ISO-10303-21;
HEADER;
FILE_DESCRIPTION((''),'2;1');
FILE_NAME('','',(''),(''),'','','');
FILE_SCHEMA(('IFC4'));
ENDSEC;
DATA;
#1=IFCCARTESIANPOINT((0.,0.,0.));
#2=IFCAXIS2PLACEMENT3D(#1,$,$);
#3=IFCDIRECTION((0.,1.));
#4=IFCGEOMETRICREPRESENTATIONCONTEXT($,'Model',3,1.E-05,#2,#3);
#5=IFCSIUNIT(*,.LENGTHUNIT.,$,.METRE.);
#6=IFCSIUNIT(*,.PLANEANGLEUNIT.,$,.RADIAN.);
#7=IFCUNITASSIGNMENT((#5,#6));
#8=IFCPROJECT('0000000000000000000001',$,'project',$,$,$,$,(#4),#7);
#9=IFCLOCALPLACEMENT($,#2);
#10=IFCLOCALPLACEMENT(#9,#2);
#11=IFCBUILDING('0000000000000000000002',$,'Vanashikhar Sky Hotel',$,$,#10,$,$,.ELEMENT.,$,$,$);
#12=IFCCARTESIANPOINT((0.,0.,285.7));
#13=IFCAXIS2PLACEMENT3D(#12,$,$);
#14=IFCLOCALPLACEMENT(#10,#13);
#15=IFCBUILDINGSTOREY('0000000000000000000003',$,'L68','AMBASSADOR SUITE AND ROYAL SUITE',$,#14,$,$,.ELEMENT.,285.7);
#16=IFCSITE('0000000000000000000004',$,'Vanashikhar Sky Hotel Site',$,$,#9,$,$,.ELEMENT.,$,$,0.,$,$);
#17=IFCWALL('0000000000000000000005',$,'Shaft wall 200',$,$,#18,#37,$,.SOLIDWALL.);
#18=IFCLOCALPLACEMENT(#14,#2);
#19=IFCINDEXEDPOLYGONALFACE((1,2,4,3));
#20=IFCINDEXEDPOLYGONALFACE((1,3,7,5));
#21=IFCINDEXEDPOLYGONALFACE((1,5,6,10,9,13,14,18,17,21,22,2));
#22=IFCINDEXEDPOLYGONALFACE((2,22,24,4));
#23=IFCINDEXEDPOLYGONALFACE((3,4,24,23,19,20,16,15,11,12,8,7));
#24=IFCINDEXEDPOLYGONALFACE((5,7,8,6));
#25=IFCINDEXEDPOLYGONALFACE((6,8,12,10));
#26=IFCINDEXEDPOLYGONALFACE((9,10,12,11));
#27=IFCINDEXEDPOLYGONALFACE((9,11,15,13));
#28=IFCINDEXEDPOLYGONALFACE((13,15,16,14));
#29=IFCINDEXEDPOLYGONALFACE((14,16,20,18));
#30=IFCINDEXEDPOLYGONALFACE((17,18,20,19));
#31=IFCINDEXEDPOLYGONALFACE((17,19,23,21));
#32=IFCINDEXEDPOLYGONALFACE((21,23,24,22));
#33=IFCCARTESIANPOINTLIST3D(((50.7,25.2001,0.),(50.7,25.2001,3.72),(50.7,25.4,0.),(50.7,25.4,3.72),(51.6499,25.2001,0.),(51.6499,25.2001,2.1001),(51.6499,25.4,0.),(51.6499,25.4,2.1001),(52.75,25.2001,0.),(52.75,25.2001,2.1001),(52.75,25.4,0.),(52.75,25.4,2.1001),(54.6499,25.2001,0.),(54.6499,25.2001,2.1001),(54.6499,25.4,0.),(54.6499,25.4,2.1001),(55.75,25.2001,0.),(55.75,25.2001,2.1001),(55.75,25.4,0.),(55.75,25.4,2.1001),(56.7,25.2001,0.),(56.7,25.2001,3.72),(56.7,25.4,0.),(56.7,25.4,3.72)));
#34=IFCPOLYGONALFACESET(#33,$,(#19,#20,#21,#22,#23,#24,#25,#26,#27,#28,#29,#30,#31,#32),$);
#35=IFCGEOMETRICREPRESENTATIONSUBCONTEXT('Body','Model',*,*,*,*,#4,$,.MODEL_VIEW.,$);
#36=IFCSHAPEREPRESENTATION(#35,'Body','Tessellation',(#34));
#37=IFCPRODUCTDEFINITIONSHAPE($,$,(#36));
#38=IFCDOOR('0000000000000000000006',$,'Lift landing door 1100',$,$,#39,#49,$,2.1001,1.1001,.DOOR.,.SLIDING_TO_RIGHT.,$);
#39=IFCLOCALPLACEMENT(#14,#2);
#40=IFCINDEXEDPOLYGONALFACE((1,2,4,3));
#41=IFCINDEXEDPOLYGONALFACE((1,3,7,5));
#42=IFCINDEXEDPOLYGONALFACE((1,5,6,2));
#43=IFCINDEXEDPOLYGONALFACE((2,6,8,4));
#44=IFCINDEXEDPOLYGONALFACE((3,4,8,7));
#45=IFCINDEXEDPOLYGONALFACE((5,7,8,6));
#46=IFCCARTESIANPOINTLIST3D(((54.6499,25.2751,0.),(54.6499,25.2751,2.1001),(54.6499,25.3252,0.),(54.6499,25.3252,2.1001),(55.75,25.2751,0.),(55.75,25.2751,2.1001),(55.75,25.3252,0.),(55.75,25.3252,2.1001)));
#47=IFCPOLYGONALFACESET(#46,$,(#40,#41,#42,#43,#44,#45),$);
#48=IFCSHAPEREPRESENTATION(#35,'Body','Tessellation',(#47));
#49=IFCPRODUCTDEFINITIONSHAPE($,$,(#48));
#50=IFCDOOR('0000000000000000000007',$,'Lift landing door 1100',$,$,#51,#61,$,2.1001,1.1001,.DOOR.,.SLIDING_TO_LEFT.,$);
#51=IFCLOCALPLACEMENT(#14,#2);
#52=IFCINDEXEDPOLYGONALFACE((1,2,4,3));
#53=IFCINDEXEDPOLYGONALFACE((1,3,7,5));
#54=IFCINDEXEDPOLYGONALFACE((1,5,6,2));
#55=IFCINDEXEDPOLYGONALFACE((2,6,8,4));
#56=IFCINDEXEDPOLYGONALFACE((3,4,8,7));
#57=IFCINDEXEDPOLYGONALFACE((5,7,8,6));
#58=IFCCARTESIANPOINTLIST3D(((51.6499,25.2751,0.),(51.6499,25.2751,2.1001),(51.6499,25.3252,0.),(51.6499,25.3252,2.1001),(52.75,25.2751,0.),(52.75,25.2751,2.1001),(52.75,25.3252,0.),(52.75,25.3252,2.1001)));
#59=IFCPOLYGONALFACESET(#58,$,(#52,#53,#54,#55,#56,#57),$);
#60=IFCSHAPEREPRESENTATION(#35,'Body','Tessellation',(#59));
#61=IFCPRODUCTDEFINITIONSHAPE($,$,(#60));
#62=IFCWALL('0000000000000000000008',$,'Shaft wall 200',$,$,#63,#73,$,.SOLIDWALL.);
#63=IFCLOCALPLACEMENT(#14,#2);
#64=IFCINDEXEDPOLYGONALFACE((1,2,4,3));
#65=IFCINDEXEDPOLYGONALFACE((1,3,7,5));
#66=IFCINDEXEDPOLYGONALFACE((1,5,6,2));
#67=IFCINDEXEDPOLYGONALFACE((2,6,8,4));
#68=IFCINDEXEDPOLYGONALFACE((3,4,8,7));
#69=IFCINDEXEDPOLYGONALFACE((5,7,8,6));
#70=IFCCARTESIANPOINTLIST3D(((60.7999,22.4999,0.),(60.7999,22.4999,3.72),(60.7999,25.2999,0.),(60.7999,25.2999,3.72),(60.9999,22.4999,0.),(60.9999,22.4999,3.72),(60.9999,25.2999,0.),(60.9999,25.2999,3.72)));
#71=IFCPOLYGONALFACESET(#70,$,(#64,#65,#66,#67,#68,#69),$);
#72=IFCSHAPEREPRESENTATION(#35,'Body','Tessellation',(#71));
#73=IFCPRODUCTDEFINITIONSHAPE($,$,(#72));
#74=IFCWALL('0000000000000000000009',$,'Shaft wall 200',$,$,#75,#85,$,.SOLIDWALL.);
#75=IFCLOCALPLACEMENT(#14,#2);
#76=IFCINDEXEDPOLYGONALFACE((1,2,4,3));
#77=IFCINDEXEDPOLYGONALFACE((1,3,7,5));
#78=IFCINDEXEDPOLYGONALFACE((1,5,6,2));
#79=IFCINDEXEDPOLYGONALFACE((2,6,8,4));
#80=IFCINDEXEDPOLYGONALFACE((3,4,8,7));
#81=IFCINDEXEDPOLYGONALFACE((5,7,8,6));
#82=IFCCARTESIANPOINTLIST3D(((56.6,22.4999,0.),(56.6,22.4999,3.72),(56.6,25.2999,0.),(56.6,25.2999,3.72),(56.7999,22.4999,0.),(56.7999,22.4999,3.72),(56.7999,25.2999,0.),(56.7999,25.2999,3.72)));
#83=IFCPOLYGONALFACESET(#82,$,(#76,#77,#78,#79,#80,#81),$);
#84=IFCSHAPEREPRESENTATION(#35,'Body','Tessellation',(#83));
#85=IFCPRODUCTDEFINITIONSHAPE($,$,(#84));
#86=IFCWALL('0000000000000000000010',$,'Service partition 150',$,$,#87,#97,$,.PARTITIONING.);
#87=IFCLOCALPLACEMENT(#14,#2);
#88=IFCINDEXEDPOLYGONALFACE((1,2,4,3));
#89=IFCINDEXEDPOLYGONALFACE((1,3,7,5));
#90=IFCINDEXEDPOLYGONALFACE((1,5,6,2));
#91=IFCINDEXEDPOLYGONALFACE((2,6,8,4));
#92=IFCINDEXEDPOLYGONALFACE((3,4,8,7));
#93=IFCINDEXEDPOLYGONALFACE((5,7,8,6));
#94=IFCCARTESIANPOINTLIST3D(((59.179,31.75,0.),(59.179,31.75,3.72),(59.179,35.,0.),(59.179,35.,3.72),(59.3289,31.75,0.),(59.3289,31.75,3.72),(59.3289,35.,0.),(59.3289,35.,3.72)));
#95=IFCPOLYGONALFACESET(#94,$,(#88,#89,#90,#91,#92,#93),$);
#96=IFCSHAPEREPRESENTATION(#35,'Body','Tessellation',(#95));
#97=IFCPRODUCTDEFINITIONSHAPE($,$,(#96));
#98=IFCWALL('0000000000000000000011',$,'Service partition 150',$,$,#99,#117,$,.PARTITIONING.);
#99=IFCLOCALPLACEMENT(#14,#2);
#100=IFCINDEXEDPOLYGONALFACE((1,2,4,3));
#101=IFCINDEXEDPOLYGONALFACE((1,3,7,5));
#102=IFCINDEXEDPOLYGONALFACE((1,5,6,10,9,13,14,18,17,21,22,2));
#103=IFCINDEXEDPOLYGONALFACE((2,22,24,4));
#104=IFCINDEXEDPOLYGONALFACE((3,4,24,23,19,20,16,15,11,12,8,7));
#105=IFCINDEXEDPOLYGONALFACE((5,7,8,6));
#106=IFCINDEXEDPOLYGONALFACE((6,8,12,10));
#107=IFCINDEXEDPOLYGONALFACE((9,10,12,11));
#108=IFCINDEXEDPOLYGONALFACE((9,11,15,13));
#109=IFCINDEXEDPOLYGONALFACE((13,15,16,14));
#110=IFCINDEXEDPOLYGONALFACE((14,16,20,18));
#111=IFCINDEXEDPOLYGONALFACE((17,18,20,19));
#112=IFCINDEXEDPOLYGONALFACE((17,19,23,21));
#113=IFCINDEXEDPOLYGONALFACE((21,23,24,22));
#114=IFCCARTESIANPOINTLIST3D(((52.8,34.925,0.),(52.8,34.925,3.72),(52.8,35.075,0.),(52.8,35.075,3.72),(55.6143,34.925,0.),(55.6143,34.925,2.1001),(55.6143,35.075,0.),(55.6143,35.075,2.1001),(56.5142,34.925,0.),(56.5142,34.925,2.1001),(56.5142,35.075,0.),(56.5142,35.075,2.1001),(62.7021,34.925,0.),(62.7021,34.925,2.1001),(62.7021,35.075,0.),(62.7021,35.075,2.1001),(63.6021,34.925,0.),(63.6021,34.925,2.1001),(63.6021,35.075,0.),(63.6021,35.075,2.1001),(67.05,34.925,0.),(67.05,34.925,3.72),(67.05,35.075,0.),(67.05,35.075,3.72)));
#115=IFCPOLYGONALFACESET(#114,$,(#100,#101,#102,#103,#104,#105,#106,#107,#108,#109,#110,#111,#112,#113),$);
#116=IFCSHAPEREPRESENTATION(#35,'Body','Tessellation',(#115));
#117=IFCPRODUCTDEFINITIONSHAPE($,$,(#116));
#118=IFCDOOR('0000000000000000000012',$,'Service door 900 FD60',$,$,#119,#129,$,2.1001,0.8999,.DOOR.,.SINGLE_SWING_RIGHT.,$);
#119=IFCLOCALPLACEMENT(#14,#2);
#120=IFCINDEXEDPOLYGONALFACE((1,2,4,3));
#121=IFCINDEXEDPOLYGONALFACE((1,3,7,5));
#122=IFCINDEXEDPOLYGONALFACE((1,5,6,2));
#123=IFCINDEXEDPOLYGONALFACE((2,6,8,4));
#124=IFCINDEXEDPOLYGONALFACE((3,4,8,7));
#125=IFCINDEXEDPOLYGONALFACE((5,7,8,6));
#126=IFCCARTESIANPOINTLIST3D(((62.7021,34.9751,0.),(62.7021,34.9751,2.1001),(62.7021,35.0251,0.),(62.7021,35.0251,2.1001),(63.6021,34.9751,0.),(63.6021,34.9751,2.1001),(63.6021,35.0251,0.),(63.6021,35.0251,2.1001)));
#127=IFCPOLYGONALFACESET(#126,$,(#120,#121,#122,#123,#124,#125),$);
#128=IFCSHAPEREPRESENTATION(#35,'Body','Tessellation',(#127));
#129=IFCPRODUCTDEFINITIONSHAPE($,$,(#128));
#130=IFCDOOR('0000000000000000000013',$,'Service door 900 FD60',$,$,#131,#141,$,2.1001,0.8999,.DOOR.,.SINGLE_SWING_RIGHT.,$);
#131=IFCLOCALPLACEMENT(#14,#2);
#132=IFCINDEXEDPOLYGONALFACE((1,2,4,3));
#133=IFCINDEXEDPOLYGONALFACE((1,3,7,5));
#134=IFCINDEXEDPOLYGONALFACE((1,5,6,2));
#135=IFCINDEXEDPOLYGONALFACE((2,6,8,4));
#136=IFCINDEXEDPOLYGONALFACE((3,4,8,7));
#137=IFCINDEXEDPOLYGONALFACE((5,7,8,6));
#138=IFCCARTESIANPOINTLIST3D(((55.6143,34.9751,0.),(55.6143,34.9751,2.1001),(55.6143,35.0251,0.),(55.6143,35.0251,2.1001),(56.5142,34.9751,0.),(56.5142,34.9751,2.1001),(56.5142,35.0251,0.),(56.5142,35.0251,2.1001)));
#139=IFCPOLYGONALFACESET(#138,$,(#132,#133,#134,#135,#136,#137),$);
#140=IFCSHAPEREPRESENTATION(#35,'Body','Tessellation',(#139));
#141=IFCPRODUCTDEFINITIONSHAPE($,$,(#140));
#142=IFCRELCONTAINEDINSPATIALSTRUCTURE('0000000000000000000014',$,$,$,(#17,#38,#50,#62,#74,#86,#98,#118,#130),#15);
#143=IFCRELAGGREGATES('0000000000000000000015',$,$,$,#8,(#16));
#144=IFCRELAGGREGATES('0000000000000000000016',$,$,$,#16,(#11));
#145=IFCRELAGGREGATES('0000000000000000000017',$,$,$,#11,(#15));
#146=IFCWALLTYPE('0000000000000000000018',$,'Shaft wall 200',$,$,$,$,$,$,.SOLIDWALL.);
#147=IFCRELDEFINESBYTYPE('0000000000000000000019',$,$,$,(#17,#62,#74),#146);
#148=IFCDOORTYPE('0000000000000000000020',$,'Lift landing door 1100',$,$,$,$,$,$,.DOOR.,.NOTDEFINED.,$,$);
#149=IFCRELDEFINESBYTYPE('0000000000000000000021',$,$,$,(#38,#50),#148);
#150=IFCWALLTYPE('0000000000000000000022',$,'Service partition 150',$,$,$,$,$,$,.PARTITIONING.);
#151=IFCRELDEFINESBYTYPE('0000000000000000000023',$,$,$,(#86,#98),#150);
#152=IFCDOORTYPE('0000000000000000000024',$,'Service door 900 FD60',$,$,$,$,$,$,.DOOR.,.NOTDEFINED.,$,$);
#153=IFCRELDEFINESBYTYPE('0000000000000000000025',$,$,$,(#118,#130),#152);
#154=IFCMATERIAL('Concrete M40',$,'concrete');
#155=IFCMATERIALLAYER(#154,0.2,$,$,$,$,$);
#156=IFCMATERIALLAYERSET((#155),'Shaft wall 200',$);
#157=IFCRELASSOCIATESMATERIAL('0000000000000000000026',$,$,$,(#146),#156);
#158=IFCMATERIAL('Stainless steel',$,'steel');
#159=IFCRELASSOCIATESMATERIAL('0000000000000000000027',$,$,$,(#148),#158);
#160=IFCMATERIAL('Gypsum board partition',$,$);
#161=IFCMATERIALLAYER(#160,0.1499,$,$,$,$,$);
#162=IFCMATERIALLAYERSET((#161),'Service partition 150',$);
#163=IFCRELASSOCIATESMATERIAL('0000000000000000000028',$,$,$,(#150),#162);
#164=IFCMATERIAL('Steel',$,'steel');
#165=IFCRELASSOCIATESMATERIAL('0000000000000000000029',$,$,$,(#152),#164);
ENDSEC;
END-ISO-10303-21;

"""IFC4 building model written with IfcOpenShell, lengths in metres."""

from ifc_helpers import new_model, si_unit, direction, frame, frame_2d, origin, place, context, subcontext, project, spatial, rectangle, extrude, source, transform, mapped, material, layer, layer_set, type_object, element, fill, save


model = new_model("IFC4")

# Units and contexts
model_context = context("Model", 3, precision=1e-05, world=origin(), true_north=direction((0.0, 1.0)))
body_context = subcontext(model_context, "Body", "Model", "MODEL_VIEW")
ifc_project = project(units=[si_unit("LENGTHUNIT", "METRE"), si_unit("PLANEANGLEUNIT", "RADIAN")], contexts=[model_context])

# Site, building, storey
site_placement = place(None, origin())
site = spatial("IfcSite", under=ifc_project, at=site_placement, Name="Vanashikhar Sky Hotel Site", CompositionType="ELEMENT", RefElevation=0.0)
building_placement = place(site_placement, origin())
building = spatial("IfcBuilding", under=site, at=building_placement, Name="Vanashikhar Sky Hotel", CompositionType="ELEMENT")
storey_placement = place(building_placement, frame((0.0, 0.0, 285.7)))
storey = spatial("IfcBuildingStorey", under=building, at=storey_placement, Name="L68", Description="AMBASSADOR SUITE AND ROYAL SUITE", CompositionType="ELEMENT", Elevation=285.7)

# Wall, openings, doors
ifc_material_1 = material(Name="Concrete M40", Category="concrete")
ifc_layer_1 = layer(ifc_material_1, 0.2)
ifc_layer_set_1 = layer_set([ifc_layer_1], Name="Shaft wall 200")
wall_type_1 = type_object("IfcWallType", Name="Shaft wall 200", PredefinedType="SOLIDWALL", material=ifc_layer_set_1)
shared_shape_1 = source(origin(), body_context, "Body", "SweptSolid", [
    extrude(rectangle(XDim=6.0, YDim=0.2, at=frame_2d((3.0, 0.0))), origin(), (0.0, 0.0, 1.0), 3.72),
])
wall_1_placement = place(storey_placement, frame((56.7, 25.3, 0.0), z_axis=(0.0, 0.0, 1.0), x_axis=(-1.0, 0.0, 0.0)))
wall_1 = element("IfcWall", 1, at=wall_1_placement, inside=storey, type_object=wall_type_1, Name="Shaft wall 200", PredefinedType="SOLIDWALL", context=body_context, shape_type="MappedRepresentation", body=[
    mapped(shared_shape_1, transform((0.0, 0.0, 0.0), scale=1.0)),
])
shared_shape_2 = source(origin(), body_context, "Body", "SweptSolid", [
    extrude(rectangle(XDim=1.1001, YDim=2.1001, at=frame_2d((0.55, 1.05))), frame((0.0, 0.1099, 0.0), z_axis=(0.0, -1.0, 0.0), x_axis=(1.0, 0.0, 0.0)), (0.0, 0.0, 1.0), 0.22),
])
opening_1_placement = place(wall_1_placement, frame((0.95, 0.0, 0.0)))
opening_1 = element("IfcOpeningElement", 2, at=opening_1_placement, cuts=wall_1, PredefinedType="OPENING", context=body_context, shape_type="MappedRepresentation", body=[
    mapped(shared_shape_2, transform((0.0, 0.0, 0.0), scale=1.0)),
])
opening_2_placement = place(wall_1_placement, frame((3.95, 0.0, 0.0)))
opening_2 = element("IfcOpeningElement", 3, at=opening_2_placement, cuts=wall_1, PredefinedType="OPENING", context=body_context, shape_type="MappedRepresentation", body=[
    mapped(shared_shape_2, transform((0.0, 0.0, 0.0), scale=1.0)),
])
ifc_material_2 = material(Name="Stainless steel", Category="steel")
door_type_1 = type_object("IfcDoorType", Name="Lift landing door 1100", OperationType="NOTDEFINED", PredefinedType="DOOR", material=ifc_material_2)
shared_shape_3 = source(origin(), body_context, "Body", "SweptSolid", [
    extrude(rectangle(XDim=1.1001, YDim=2.1001, at=frame_2d((0.55, 1.05))), frame((0.0, 0.0249, 0.0), z_axis=(0.0, -1.0, 0.0), x_axis=(1.0, 0.0, 0.0)), (0.0, 0.0, 1.0), 0.05),
])
door_1_placement = place(opening_1_placement, origin())
door_1 = element("IfcDoor", 4, at=door_1_placement, inside=storey, type_object=door_type_1, Name="Lift landing door 1100", OperationType="SLIDING_TO_RIGHT", OverallHeight=2.1001, OverallWidth=1.1001, PredefinedType="DOOR", context=body_context, shape_type="MappedRepresentation", body=[
    mapped(shared_shape_3, transform((0.0, 0.0, 0.0), scale=1.0)),
])
fill(opening_1, door_1)
door_2_placement = place(opening_2_placement, origin())
door_2 = element("IfcDoor", 5, at=door_2_placement, inside=storey, type_object=door_type_1, Name="Lift landing door 1100", OperationType="SLIDING_TO_LEFT", OverallHeight=2.1001, OverallWidth=1.1001, PredefinedType="DOOR", context=body_context, shape_type="MappedRepresentation", body=[
    mapped(shared_shape_3, transform((0.0, 0.0, 0.0), scale=1.0)),
])
fill(opening_2, door_2)

# Walls
shared_shape_4 = source(origin(), body_context, "Body", "SweptSolid", [
    extrude(rectangle(XDim=2.8, YDim=0.2, at=frame_2d((1.3999, 0.0))), origin(), (0.0, 0.0, 1.0), 3.72),
])
for number, where, z_axis, x_axis, name in (
    (6, (60.8999, 22.5, 0.0), (0.0, 0.0, 1.0), (0.0, 1.0, 0.0), "Shaft wall 200"),
    (7, (56.7, 22.5, 0.0), (0.0, 0.0, 1.0), (0.0, 1.0, 0.0), "Shaft wall 200"),
):
    element("IfcWall", number, at=place(storey_placement, frame(where, z_axis=z_axis, x_axis=x_axis)), inside=storey, type_object=wall_type_1, Name=name, PredefinedType="SOLIDWALL", context=body_context, shape_type="MappedRepresentation", body=[
        mapped(shared_shape_4, transform((0.0, 0.0, 0.0), scale=1.0)),
    ])
ifc_material_3 = material(Name="Gypsum board partition")
ifc_layer_2 = layer(ifc_material_3, 0.1499)
ifc_layer_set_2 = layer_set([ifc_layer_2], Name="Service partition 150")
wall_type_2 = type_object("IfcWallType", Name="Service partition 150", PredefinedType="PARTITIONING", material=ifc_layer_set_2)
shared_shape_5 = source(origin(), body_context, "Body", "SweptSolid", [
    extrude(rectangle(XDim=3.25, YDim=0.1499, at=frame_2d((1.625, 0.0))), origin(), (0.0, 0.0, 1.0), 3.72),
])
wall_2_placement = place(storey_placement, frame((59.2539, 31.75, 0.0), z_axis=(0.0, 0.0, 1.0), x_axis=(0.0, 1.0, 0.0)))
element("IfcWall", 8, at=wall_2_placement, inside=storey, type_object=wall_type_2, Name="Service partition 150", PredefinedType="PARTITIONING", context=body_context, shape_type="MappedRepresentation", body=[
    mapped(shared_shape_5, transform((0.0, 0.0, 0.0), scale=1.0)),
])

# Wall, openings, doors
shared_shape_6 = source(origin(), body_context, "Body", "SweptSolid", [
    extrude(rectangle(XDim=14.25, YDim=0.1499, at=frame_2d((7.125, 0.0))), origin(), (0.0, 0.0, 1.0), 3.72),
])
wall_3_placement = place(storey_placement, frame((67.05, 35.0, 0.0), z_axis=(0.0, 0.0, 1.0), x_axis=(-1.0, 0.0, 0.0)))
wall_3 = element("IfcWall", 9, at=wall_3_placement, inside=storey, type_object=wall_type_2, Name="Service partition 150", PredefinedType="PARTITIONING", context=body_context, shape_type="MappedRepresentation", body=[
    mapped(shared_shape_6, transform((0.0, 0.0, 0.0), scale=1.0)),
])
shared_shape_7 = source(origin(), body_context, "Body", "SweptSolid", [
    extrude(rectangle(XDim=0.8999, YDim=2.1001, at=frame_2d((0.45, 1.05))), frame((0.0, 0.085, 0.0), z_axis=(0.0, -1.0, 0.0), x_axis=(1.0, 0.0, 0.0)), (0.0, 0.0, 1.0), 0.1699),
])
opening_3_placement = place(wall_3_placement, frame((3.448, 0.0, 0.0)))
opening_3 = element("IfcOpeningElement", 10, at=opening_3_placement, cuts=wall_3, PredefinedType="OPENING", context=body_context, shape_type="MappedRepresentation", body=[
    mapped(shared_shape_7, transform((0.0, 0.0, 0.0), scale=1.0)),
])
opening_4_placement = place(wall_3_placement, frame((10.5359, 0.0, 0.0)))
opening_4 = element("IfcOpeningElement", 11, at=opening_4_placement, cuts=wall_3, PredefinedType="OPENING", context=body_context, shape_type="MappedRepresentation", body=[
    mapped(shared_shape_7, transform((0.0, 0.0, 0.0), scale=1.0)),
])
ifc_material_4 = material(Name="Steel", Category="steel")
door_type_2 = type_object("IfcDoorType", Name="Service door 900 FD60", OperationType="NOTDEFINED", PredefinedType="DOOR", material=ifc_material_4)
shared_shape_8 = source(origin(), body_context, "Body", "SweptSolid", [
    extrude(rectangle(XDim=0.8999, YDim=2.1001, at=frame_2d((0.45, 1.05))), frame((0.0, 0.0249, 0.0), z_axis=(0.0, -1.0, 0.0), x_axis=(1.0, 0.0, 0.0)), (0.0, 0.0, 1.0), 0.05),
])
door_3_placement = place(opening_3_placement, origin())
door_3 = element("IfcDoor", 12, at=door_3_placement, inside=storey, type_object=door_type_2, Name="Service door 900 FD60", OperationType="SINGLE_SWING_RIGHT", OverallHeight=2.1001, OverallWidth=0.8999, PredefinedType="DOOR", context=body_context, shape_type="MappedRepresentation", body=[
    mapped(shared_shape_8, transform((0.0, 0.0, 0.0), scale=1.0)),
])
fill(opening_3, door_3)
door_4_placement = place(opening_4_placement, origin())
door_4 = element("IfcDoor", 13, at=door_4_placement, inside=storey, type_object=door_type_2, Name="Service door 900 FD60", OperationType="SINGLE_SWING_RIGHT", OverallHeight=2.1001, OverallWidth=0.8999, PredefinedType="DOOR", context=body_context, shape_type="MappedRepresentation", body=[
    mapped(shared_shape_8, transform((0.0, 0.0, 0.0), scale=1.0)),
])
fill(opening_4, door_4)

save(model, "model.ifc")
